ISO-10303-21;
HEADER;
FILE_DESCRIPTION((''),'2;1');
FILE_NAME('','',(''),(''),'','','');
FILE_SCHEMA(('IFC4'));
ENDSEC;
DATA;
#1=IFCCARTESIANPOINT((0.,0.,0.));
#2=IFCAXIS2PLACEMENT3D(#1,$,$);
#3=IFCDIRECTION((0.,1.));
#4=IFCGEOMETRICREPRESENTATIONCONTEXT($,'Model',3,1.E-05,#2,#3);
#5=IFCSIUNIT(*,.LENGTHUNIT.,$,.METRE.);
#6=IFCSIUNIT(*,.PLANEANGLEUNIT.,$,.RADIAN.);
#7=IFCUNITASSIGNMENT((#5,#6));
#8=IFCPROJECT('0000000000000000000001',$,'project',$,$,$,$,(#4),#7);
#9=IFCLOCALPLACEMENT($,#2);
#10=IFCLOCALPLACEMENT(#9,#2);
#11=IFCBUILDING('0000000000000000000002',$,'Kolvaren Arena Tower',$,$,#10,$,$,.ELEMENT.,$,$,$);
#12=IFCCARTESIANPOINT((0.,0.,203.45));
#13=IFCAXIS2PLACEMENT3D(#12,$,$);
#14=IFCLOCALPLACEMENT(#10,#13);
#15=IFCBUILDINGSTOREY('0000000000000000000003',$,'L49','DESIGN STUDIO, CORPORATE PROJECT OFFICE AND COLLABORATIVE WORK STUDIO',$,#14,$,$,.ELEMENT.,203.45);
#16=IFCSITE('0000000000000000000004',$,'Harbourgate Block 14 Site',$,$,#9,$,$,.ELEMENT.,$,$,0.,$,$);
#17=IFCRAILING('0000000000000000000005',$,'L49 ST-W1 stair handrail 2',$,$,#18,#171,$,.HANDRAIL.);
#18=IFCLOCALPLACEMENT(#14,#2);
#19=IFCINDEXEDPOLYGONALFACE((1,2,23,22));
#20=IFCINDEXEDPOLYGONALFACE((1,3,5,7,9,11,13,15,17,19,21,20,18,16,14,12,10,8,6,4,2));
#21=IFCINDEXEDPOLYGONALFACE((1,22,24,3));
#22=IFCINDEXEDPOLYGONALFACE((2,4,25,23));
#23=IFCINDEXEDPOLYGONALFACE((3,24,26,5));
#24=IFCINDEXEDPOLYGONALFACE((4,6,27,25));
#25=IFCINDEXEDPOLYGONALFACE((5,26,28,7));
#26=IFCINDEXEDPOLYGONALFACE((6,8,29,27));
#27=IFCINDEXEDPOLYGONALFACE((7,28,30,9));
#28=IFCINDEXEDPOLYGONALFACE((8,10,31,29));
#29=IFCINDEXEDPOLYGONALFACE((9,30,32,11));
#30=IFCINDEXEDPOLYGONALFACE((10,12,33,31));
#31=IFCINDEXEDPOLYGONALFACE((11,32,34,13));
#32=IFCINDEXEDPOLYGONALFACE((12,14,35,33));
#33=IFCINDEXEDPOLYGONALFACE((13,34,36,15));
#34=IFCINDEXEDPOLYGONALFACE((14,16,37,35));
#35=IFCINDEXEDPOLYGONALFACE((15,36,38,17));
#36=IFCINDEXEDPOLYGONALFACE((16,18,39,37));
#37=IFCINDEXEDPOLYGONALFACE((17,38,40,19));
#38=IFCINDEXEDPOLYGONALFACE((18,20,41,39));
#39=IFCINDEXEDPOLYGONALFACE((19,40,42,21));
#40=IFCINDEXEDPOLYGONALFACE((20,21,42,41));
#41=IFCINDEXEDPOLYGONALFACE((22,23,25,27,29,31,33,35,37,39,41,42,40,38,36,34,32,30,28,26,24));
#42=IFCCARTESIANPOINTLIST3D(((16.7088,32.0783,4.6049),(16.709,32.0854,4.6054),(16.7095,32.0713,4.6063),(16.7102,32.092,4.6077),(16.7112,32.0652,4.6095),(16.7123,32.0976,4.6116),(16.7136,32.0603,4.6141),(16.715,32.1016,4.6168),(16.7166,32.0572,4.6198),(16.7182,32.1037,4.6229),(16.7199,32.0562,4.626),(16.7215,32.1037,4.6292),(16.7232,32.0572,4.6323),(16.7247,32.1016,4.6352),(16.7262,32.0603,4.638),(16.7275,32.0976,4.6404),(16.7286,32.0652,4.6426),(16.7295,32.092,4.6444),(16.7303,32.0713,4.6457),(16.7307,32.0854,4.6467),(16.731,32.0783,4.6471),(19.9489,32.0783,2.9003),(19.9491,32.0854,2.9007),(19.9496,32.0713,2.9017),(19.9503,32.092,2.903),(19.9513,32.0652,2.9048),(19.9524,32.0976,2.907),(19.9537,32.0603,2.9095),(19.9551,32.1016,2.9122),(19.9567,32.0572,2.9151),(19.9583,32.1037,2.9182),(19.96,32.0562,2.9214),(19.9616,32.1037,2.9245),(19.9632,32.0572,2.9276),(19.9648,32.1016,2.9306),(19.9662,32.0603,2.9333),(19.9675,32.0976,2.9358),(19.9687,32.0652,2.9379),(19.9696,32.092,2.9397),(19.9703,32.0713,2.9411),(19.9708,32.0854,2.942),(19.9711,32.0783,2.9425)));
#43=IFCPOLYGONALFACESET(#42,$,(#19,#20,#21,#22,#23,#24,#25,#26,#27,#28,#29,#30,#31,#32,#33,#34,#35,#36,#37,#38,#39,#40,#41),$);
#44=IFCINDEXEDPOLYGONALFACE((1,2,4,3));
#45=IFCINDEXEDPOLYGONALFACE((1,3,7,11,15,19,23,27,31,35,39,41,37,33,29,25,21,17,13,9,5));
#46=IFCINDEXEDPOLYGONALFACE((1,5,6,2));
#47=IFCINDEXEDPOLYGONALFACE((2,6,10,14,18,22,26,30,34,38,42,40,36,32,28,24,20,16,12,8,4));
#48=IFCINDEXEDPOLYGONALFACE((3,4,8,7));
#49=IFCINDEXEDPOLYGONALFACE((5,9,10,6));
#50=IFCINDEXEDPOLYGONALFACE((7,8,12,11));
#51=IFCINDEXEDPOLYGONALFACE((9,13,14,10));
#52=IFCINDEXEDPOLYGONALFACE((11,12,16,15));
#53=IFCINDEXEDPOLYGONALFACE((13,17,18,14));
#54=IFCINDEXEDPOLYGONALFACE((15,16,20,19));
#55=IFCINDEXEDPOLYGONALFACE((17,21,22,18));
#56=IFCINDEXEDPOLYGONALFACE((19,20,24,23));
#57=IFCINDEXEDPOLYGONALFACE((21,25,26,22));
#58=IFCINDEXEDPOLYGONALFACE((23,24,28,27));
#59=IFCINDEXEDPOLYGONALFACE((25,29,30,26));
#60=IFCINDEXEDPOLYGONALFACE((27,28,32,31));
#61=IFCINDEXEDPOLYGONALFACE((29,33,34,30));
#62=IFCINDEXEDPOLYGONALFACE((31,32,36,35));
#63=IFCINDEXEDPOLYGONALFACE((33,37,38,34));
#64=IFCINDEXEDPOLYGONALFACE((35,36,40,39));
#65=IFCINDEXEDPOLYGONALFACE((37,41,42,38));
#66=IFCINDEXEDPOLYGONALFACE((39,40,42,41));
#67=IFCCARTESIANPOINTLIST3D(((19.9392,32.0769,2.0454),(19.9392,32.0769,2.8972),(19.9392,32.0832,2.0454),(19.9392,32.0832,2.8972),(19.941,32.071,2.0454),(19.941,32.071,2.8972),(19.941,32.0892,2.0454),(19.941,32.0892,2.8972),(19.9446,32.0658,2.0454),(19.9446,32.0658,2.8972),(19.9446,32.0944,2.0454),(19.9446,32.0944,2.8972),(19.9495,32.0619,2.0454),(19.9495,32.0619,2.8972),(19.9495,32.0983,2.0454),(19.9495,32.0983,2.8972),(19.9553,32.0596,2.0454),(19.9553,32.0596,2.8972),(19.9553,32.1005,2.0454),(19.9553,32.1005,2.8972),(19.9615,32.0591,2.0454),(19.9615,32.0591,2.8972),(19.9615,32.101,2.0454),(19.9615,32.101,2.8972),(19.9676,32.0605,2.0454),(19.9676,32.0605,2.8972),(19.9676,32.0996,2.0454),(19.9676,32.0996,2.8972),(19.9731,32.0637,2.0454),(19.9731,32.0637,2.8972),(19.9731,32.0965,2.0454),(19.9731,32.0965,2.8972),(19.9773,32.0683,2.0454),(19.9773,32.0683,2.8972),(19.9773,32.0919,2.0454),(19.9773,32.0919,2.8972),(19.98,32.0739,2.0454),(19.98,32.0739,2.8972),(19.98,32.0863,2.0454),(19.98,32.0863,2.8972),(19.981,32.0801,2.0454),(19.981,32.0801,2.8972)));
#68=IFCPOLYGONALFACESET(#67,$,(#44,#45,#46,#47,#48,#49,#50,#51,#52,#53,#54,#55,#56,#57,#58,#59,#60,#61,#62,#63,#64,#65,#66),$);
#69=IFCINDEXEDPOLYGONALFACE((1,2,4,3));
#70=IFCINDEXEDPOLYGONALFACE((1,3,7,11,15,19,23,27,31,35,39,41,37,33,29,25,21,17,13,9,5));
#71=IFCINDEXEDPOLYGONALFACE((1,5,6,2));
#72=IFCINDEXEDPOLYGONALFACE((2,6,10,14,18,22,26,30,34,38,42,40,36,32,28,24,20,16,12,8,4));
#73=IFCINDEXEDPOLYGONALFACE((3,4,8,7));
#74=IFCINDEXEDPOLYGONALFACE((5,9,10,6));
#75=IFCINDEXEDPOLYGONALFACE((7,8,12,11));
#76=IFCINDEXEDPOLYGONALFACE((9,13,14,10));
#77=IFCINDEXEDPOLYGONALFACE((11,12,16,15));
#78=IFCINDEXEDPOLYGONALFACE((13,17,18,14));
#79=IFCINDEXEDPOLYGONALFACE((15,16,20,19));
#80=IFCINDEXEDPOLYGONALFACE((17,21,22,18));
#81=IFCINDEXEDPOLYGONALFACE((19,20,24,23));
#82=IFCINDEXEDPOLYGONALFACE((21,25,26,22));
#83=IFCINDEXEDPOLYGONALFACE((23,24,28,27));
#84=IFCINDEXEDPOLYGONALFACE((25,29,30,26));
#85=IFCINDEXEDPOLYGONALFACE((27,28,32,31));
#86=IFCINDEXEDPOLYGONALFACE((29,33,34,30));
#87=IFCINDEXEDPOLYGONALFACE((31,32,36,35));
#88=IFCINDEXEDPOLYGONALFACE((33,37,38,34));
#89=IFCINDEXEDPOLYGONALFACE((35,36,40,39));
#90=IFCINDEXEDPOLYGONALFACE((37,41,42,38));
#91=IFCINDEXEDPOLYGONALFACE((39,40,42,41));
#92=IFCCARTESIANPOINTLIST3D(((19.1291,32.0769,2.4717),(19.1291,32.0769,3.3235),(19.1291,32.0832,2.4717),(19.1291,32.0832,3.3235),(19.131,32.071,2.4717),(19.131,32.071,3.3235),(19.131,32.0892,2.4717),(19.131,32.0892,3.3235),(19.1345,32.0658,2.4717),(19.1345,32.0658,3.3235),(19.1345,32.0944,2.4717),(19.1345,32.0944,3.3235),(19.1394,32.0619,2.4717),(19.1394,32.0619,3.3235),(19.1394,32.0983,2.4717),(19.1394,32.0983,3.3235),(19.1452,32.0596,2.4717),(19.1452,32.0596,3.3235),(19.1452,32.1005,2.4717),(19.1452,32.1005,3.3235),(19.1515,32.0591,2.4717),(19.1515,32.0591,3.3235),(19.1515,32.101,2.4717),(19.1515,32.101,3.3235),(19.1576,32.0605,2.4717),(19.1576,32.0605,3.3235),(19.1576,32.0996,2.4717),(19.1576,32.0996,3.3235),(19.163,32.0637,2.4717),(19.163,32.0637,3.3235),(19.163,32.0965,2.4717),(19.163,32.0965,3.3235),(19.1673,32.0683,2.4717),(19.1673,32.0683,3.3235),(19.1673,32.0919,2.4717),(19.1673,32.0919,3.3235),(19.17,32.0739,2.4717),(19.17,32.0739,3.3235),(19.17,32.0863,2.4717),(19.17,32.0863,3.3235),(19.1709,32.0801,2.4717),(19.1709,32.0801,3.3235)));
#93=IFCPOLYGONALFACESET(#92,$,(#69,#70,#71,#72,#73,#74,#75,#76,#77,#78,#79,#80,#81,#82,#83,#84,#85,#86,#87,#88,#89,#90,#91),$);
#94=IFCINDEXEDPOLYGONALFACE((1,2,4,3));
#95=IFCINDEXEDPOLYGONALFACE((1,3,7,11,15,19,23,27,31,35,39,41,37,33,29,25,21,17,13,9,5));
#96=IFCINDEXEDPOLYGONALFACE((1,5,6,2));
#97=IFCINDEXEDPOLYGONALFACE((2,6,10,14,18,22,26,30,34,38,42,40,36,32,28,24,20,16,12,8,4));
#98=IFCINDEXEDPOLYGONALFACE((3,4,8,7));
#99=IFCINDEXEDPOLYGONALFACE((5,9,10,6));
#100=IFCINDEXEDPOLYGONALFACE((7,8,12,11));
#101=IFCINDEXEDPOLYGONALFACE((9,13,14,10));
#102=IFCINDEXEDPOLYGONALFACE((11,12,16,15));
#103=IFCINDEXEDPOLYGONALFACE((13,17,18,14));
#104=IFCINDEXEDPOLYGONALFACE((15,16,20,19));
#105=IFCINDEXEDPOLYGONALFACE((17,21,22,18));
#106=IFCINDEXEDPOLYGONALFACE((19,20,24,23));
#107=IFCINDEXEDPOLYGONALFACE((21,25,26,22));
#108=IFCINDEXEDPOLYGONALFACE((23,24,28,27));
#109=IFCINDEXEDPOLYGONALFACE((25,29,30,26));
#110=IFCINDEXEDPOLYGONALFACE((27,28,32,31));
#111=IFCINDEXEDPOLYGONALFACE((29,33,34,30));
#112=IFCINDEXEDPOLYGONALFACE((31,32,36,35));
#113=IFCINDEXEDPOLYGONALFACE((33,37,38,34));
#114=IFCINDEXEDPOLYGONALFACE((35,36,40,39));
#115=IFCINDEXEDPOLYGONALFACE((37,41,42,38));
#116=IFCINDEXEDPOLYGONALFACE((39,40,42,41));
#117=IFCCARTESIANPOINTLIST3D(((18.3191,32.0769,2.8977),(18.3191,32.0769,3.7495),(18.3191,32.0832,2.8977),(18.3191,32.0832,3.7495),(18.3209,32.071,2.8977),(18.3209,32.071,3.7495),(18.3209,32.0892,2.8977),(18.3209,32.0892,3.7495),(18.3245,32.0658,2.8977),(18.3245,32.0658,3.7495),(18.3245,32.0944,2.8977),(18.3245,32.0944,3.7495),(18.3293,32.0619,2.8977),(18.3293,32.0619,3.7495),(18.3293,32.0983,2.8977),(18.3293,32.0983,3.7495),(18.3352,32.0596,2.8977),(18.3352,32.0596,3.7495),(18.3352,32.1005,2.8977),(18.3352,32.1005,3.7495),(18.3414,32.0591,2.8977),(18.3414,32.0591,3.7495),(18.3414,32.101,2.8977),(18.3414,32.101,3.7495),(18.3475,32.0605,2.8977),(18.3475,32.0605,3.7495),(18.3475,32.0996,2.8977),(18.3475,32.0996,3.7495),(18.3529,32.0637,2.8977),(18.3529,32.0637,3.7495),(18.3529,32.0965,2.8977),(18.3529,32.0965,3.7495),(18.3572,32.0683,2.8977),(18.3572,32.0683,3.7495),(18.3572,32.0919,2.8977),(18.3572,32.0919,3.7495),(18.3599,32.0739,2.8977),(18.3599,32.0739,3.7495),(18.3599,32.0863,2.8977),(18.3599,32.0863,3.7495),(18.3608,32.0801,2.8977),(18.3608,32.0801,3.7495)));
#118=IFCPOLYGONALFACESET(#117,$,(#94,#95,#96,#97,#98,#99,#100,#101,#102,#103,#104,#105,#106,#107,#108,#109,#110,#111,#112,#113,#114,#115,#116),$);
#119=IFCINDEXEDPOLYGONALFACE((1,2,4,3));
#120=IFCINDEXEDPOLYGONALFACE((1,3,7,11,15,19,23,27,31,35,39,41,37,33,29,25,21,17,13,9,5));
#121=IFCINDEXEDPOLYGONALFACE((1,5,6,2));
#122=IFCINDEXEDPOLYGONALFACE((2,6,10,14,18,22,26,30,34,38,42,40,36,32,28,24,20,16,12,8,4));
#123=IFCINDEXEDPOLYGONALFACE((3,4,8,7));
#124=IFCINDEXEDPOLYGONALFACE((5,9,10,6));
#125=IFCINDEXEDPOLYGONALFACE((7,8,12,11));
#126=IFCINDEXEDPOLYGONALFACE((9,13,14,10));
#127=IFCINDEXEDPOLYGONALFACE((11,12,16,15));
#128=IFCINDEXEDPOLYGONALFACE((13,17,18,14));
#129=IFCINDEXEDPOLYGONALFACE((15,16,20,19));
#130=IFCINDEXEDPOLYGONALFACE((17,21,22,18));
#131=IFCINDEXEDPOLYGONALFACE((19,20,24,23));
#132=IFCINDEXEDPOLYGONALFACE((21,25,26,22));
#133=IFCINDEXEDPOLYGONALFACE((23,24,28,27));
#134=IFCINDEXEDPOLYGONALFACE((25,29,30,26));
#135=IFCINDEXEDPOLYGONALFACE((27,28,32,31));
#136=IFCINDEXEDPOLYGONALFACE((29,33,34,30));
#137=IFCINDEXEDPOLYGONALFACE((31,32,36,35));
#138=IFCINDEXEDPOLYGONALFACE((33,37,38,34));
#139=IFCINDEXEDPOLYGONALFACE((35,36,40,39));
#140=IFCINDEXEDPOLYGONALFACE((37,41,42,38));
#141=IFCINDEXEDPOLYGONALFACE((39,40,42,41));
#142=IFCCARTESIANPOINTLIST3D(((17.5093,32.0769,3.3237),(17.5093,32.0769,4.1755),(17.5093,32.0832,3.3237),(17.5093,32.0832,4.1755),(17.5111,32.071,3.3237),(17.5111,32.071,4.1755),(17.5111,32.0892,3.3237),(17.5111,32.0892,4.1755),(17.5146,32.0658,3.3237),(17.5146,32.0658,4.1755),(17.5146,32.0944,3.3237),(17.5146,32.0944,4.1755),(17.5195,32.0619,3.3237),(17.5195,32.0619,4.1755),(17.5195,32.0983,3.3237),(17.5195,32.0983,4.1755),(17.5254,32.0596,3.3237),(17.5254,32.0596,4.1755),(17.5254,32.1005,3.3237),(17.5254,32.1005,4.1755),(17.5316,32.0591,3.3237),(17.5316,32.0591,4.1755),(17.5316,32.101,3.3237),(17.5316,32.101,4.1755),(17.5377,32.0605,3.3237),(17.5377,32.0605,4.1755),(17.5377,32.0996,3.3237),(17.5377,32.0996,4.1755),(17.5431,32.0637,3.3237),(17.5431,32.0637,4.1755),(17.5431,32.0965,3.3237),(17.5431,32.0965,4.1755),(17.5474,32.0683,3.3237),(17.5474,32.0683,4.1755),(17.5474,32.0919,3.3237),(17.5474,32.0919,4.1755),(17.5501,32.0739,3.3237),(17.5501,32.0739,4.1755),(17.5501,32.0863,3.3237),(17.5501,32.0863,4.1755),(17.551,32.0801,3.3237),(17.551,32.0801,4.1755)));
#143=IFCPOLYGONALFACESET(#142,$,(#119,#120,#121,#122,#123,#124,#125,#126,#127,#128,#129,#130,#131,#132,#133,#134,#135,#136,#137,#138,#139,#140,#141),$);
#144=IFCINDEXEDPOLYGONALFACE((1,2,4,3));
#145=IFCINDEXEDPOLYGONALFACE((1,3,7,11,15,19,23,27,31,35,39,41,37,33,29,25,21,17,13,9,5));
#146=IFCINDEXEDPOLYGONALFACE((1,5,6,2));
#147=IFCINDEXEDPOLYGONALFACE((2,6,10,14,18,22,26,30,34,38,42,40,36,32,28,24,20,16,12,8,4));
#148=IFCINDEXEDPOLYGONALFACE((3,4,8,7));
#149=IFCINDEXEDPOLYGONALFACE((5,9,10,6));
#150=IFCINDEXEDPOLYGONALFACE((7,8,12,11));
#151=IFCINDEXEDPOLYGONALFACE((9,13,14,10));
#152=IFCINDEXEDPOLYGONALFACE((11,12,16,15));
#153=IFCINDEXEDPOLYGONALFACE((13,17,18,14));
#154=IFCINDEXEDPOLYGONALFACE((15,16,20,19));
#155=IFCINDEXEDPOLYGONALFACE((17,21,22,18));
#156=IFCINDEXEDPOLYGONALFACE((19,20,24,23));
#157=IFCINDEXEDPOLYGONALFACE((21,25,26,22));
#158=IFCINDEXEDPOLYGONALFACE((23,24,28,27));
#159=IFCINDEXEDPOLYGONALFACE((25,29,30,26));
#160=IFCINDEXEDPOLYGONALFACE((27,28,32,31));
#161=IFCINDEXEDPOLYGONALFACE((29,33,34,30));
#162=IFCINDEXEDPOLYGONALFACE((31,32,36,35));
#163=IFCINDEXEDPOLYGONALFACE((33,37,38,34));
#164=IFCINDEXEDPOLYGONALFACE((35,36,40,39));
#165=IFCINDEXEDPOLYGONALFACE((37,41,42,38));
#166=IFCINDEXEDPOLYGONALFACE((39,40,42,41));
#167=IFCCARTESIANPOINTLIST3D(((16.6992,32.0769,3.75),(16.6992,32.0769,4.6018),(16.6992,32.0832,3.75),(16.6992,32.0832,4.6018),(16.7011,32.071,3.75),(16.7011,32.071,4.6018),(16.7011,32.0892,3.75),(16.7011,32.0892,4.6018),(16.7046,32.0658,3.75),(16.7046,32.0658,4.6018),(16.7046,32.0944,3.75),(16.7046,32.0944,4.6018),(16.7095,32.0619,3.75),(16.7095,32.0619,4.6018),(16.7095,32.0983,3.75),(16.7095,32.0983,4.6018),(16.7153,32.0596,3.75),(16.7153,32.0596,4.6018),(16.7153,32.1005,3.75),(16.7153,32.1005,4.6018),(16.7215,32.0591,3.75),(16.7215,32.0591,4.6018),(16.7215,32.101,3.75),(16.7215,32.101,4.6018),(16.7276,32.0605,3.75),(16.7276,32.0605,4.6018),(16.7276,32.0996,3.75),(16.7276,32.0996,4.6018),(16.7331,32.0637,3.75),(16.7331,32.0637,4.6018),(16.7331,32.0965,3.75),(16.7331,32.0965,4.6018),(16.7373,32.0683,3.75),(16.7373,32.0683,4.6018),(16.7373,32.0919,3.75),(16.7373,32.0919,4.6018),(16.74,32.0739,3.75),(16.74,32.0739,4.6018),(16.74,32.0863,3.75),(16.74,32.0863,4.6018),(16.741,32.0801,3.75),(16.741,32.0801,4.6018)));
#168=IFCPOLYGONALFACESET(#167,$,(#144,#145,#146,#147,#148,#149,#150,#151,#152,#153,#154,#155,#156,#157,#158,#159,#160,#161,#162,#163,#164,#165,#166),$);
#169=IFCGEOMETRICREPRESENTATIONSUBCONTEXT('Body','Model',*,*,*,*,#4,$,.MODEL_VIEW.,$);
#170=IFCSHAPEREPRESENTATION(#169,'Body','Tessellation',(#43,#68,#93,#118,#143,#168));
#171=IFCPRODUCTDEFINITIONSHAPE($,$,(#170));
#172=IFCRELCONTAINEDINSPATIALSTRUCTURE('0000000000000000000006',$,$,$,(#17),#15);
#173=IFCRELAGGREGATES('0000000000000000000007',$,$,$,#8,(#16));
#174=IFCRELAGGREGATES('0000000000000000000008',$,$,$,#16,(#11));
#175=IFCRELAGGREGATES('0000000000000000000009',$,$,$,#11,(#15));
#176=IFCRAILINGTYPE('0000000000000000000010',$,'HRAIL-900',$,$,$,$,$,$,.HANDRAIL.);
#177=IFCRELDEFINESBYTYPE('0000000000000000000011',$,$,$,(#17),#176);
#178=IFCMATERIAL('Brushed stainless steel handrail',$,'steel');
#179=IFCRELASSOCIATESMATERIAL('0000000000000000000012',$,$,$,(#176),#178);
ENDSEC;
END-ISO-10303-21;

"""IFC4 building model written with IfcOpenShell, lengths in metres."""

from ifc_helpers import new_model, si_unit, direction, frame, origin, origin_2d, place, context, subcontext, project, spatial, circle, extrude, material, type_object, element, save


model = new_model("IFC4")

# Units and contexts
model_context = context("Model", 3, precision=1e-05, world=origin(), true_north=direction((0.0, 1.0)))
body_context = subcontext(model_context, "Body", "Model", "MODEL_VIEW")
ifc_project = project(units=[si_unit("LENGTHUNIT", "METRE"), si_unit("PLANEANGLEUNIT", "RADIAN")], contexts=[model_context])

# Site, building, storey
site_placement = place(None, origin())
site = spatial("IfcSite", under=ifc_project, at=site_placement, Name="Harbourgate Block 14 Site", CompositionType="ELEMENT", RefElevation=0.0)
building_placement = place(site_placement, origin())
building = spatial("IfcBuilding", under=site, at=building_placement, Name="Kolvaren Arena Tower", CompositionType="ELEMENT")
storey_placement = place(building_placement, frame((0.0, 0.0, 203.45)))
storey = spatial("IfcBuildingStorey", under=building, at=storey_placement, Name="L49", Description="DESIGN STUDIO, CORPORATE PROJECT OFFICE AND COLLABORATIVE WORK STUDIO", CompositionType="ELEMENT", Elevation=203.45)

# Railing
ifc_material_1 = material(Name="Brushed stainless steel handrail", Category="steel")
railing_type_1 = type_object("IfcRailingType", Name="HRAIL-900", PredefinedType="HANDRAIL", material=ifc_material_1)
railing_1_placement = place(storey_placement, frame((19.96, 32.0801, 2.0454)))
element("IfcRailing", 1, at=railing_1_placement, inside=storey, type_object=railing_type_1, Name="L49 ST-W1 stair handrail 2", PredefinedType="HANDRAIL", context=body_context, shape_type="SweptSolid", body=[
    extrude(circle(Radius=0.0239, at=origin_2d()), frame((0.0, 0.0, 0.876), z_axis=(-0.884993, 0.0, 0.465604), x_axis=(0.0, -1.0, 0.0)), (0.0, 0.0, 1.0), 3.6611),
    extrude(circle(Radius=0.021, at=origin_2d()), origin(), (0.0, 0.0, 1.0), 0.8518),
    extrude(circle(Radius=0.021, at=origin_2d()), frame((-0.8101, 0.0, 0.4263)), (0.0, 0.0, 1.0), 0.8518),
    extrude(circle(Radius=0.021, at=origin_2d()), frame((-1.6201, 0.0, 0.8523)), (0.0, 0.0, 1.0), 0.8518),
    extrude(circle(Radius=0.021, at=origin_2d()), frame((-2.4299, 0.0, 1.2783)), (0.0, 0.0, 1.0), 0.8518),
    extrude(circle(Radius=0.021, at=origin_2d()), frame((-3.24, 0.0, 1.7046)), (0.0, 0.0, 1.0), 0.8518),
])

save(model, "model.ifc")
